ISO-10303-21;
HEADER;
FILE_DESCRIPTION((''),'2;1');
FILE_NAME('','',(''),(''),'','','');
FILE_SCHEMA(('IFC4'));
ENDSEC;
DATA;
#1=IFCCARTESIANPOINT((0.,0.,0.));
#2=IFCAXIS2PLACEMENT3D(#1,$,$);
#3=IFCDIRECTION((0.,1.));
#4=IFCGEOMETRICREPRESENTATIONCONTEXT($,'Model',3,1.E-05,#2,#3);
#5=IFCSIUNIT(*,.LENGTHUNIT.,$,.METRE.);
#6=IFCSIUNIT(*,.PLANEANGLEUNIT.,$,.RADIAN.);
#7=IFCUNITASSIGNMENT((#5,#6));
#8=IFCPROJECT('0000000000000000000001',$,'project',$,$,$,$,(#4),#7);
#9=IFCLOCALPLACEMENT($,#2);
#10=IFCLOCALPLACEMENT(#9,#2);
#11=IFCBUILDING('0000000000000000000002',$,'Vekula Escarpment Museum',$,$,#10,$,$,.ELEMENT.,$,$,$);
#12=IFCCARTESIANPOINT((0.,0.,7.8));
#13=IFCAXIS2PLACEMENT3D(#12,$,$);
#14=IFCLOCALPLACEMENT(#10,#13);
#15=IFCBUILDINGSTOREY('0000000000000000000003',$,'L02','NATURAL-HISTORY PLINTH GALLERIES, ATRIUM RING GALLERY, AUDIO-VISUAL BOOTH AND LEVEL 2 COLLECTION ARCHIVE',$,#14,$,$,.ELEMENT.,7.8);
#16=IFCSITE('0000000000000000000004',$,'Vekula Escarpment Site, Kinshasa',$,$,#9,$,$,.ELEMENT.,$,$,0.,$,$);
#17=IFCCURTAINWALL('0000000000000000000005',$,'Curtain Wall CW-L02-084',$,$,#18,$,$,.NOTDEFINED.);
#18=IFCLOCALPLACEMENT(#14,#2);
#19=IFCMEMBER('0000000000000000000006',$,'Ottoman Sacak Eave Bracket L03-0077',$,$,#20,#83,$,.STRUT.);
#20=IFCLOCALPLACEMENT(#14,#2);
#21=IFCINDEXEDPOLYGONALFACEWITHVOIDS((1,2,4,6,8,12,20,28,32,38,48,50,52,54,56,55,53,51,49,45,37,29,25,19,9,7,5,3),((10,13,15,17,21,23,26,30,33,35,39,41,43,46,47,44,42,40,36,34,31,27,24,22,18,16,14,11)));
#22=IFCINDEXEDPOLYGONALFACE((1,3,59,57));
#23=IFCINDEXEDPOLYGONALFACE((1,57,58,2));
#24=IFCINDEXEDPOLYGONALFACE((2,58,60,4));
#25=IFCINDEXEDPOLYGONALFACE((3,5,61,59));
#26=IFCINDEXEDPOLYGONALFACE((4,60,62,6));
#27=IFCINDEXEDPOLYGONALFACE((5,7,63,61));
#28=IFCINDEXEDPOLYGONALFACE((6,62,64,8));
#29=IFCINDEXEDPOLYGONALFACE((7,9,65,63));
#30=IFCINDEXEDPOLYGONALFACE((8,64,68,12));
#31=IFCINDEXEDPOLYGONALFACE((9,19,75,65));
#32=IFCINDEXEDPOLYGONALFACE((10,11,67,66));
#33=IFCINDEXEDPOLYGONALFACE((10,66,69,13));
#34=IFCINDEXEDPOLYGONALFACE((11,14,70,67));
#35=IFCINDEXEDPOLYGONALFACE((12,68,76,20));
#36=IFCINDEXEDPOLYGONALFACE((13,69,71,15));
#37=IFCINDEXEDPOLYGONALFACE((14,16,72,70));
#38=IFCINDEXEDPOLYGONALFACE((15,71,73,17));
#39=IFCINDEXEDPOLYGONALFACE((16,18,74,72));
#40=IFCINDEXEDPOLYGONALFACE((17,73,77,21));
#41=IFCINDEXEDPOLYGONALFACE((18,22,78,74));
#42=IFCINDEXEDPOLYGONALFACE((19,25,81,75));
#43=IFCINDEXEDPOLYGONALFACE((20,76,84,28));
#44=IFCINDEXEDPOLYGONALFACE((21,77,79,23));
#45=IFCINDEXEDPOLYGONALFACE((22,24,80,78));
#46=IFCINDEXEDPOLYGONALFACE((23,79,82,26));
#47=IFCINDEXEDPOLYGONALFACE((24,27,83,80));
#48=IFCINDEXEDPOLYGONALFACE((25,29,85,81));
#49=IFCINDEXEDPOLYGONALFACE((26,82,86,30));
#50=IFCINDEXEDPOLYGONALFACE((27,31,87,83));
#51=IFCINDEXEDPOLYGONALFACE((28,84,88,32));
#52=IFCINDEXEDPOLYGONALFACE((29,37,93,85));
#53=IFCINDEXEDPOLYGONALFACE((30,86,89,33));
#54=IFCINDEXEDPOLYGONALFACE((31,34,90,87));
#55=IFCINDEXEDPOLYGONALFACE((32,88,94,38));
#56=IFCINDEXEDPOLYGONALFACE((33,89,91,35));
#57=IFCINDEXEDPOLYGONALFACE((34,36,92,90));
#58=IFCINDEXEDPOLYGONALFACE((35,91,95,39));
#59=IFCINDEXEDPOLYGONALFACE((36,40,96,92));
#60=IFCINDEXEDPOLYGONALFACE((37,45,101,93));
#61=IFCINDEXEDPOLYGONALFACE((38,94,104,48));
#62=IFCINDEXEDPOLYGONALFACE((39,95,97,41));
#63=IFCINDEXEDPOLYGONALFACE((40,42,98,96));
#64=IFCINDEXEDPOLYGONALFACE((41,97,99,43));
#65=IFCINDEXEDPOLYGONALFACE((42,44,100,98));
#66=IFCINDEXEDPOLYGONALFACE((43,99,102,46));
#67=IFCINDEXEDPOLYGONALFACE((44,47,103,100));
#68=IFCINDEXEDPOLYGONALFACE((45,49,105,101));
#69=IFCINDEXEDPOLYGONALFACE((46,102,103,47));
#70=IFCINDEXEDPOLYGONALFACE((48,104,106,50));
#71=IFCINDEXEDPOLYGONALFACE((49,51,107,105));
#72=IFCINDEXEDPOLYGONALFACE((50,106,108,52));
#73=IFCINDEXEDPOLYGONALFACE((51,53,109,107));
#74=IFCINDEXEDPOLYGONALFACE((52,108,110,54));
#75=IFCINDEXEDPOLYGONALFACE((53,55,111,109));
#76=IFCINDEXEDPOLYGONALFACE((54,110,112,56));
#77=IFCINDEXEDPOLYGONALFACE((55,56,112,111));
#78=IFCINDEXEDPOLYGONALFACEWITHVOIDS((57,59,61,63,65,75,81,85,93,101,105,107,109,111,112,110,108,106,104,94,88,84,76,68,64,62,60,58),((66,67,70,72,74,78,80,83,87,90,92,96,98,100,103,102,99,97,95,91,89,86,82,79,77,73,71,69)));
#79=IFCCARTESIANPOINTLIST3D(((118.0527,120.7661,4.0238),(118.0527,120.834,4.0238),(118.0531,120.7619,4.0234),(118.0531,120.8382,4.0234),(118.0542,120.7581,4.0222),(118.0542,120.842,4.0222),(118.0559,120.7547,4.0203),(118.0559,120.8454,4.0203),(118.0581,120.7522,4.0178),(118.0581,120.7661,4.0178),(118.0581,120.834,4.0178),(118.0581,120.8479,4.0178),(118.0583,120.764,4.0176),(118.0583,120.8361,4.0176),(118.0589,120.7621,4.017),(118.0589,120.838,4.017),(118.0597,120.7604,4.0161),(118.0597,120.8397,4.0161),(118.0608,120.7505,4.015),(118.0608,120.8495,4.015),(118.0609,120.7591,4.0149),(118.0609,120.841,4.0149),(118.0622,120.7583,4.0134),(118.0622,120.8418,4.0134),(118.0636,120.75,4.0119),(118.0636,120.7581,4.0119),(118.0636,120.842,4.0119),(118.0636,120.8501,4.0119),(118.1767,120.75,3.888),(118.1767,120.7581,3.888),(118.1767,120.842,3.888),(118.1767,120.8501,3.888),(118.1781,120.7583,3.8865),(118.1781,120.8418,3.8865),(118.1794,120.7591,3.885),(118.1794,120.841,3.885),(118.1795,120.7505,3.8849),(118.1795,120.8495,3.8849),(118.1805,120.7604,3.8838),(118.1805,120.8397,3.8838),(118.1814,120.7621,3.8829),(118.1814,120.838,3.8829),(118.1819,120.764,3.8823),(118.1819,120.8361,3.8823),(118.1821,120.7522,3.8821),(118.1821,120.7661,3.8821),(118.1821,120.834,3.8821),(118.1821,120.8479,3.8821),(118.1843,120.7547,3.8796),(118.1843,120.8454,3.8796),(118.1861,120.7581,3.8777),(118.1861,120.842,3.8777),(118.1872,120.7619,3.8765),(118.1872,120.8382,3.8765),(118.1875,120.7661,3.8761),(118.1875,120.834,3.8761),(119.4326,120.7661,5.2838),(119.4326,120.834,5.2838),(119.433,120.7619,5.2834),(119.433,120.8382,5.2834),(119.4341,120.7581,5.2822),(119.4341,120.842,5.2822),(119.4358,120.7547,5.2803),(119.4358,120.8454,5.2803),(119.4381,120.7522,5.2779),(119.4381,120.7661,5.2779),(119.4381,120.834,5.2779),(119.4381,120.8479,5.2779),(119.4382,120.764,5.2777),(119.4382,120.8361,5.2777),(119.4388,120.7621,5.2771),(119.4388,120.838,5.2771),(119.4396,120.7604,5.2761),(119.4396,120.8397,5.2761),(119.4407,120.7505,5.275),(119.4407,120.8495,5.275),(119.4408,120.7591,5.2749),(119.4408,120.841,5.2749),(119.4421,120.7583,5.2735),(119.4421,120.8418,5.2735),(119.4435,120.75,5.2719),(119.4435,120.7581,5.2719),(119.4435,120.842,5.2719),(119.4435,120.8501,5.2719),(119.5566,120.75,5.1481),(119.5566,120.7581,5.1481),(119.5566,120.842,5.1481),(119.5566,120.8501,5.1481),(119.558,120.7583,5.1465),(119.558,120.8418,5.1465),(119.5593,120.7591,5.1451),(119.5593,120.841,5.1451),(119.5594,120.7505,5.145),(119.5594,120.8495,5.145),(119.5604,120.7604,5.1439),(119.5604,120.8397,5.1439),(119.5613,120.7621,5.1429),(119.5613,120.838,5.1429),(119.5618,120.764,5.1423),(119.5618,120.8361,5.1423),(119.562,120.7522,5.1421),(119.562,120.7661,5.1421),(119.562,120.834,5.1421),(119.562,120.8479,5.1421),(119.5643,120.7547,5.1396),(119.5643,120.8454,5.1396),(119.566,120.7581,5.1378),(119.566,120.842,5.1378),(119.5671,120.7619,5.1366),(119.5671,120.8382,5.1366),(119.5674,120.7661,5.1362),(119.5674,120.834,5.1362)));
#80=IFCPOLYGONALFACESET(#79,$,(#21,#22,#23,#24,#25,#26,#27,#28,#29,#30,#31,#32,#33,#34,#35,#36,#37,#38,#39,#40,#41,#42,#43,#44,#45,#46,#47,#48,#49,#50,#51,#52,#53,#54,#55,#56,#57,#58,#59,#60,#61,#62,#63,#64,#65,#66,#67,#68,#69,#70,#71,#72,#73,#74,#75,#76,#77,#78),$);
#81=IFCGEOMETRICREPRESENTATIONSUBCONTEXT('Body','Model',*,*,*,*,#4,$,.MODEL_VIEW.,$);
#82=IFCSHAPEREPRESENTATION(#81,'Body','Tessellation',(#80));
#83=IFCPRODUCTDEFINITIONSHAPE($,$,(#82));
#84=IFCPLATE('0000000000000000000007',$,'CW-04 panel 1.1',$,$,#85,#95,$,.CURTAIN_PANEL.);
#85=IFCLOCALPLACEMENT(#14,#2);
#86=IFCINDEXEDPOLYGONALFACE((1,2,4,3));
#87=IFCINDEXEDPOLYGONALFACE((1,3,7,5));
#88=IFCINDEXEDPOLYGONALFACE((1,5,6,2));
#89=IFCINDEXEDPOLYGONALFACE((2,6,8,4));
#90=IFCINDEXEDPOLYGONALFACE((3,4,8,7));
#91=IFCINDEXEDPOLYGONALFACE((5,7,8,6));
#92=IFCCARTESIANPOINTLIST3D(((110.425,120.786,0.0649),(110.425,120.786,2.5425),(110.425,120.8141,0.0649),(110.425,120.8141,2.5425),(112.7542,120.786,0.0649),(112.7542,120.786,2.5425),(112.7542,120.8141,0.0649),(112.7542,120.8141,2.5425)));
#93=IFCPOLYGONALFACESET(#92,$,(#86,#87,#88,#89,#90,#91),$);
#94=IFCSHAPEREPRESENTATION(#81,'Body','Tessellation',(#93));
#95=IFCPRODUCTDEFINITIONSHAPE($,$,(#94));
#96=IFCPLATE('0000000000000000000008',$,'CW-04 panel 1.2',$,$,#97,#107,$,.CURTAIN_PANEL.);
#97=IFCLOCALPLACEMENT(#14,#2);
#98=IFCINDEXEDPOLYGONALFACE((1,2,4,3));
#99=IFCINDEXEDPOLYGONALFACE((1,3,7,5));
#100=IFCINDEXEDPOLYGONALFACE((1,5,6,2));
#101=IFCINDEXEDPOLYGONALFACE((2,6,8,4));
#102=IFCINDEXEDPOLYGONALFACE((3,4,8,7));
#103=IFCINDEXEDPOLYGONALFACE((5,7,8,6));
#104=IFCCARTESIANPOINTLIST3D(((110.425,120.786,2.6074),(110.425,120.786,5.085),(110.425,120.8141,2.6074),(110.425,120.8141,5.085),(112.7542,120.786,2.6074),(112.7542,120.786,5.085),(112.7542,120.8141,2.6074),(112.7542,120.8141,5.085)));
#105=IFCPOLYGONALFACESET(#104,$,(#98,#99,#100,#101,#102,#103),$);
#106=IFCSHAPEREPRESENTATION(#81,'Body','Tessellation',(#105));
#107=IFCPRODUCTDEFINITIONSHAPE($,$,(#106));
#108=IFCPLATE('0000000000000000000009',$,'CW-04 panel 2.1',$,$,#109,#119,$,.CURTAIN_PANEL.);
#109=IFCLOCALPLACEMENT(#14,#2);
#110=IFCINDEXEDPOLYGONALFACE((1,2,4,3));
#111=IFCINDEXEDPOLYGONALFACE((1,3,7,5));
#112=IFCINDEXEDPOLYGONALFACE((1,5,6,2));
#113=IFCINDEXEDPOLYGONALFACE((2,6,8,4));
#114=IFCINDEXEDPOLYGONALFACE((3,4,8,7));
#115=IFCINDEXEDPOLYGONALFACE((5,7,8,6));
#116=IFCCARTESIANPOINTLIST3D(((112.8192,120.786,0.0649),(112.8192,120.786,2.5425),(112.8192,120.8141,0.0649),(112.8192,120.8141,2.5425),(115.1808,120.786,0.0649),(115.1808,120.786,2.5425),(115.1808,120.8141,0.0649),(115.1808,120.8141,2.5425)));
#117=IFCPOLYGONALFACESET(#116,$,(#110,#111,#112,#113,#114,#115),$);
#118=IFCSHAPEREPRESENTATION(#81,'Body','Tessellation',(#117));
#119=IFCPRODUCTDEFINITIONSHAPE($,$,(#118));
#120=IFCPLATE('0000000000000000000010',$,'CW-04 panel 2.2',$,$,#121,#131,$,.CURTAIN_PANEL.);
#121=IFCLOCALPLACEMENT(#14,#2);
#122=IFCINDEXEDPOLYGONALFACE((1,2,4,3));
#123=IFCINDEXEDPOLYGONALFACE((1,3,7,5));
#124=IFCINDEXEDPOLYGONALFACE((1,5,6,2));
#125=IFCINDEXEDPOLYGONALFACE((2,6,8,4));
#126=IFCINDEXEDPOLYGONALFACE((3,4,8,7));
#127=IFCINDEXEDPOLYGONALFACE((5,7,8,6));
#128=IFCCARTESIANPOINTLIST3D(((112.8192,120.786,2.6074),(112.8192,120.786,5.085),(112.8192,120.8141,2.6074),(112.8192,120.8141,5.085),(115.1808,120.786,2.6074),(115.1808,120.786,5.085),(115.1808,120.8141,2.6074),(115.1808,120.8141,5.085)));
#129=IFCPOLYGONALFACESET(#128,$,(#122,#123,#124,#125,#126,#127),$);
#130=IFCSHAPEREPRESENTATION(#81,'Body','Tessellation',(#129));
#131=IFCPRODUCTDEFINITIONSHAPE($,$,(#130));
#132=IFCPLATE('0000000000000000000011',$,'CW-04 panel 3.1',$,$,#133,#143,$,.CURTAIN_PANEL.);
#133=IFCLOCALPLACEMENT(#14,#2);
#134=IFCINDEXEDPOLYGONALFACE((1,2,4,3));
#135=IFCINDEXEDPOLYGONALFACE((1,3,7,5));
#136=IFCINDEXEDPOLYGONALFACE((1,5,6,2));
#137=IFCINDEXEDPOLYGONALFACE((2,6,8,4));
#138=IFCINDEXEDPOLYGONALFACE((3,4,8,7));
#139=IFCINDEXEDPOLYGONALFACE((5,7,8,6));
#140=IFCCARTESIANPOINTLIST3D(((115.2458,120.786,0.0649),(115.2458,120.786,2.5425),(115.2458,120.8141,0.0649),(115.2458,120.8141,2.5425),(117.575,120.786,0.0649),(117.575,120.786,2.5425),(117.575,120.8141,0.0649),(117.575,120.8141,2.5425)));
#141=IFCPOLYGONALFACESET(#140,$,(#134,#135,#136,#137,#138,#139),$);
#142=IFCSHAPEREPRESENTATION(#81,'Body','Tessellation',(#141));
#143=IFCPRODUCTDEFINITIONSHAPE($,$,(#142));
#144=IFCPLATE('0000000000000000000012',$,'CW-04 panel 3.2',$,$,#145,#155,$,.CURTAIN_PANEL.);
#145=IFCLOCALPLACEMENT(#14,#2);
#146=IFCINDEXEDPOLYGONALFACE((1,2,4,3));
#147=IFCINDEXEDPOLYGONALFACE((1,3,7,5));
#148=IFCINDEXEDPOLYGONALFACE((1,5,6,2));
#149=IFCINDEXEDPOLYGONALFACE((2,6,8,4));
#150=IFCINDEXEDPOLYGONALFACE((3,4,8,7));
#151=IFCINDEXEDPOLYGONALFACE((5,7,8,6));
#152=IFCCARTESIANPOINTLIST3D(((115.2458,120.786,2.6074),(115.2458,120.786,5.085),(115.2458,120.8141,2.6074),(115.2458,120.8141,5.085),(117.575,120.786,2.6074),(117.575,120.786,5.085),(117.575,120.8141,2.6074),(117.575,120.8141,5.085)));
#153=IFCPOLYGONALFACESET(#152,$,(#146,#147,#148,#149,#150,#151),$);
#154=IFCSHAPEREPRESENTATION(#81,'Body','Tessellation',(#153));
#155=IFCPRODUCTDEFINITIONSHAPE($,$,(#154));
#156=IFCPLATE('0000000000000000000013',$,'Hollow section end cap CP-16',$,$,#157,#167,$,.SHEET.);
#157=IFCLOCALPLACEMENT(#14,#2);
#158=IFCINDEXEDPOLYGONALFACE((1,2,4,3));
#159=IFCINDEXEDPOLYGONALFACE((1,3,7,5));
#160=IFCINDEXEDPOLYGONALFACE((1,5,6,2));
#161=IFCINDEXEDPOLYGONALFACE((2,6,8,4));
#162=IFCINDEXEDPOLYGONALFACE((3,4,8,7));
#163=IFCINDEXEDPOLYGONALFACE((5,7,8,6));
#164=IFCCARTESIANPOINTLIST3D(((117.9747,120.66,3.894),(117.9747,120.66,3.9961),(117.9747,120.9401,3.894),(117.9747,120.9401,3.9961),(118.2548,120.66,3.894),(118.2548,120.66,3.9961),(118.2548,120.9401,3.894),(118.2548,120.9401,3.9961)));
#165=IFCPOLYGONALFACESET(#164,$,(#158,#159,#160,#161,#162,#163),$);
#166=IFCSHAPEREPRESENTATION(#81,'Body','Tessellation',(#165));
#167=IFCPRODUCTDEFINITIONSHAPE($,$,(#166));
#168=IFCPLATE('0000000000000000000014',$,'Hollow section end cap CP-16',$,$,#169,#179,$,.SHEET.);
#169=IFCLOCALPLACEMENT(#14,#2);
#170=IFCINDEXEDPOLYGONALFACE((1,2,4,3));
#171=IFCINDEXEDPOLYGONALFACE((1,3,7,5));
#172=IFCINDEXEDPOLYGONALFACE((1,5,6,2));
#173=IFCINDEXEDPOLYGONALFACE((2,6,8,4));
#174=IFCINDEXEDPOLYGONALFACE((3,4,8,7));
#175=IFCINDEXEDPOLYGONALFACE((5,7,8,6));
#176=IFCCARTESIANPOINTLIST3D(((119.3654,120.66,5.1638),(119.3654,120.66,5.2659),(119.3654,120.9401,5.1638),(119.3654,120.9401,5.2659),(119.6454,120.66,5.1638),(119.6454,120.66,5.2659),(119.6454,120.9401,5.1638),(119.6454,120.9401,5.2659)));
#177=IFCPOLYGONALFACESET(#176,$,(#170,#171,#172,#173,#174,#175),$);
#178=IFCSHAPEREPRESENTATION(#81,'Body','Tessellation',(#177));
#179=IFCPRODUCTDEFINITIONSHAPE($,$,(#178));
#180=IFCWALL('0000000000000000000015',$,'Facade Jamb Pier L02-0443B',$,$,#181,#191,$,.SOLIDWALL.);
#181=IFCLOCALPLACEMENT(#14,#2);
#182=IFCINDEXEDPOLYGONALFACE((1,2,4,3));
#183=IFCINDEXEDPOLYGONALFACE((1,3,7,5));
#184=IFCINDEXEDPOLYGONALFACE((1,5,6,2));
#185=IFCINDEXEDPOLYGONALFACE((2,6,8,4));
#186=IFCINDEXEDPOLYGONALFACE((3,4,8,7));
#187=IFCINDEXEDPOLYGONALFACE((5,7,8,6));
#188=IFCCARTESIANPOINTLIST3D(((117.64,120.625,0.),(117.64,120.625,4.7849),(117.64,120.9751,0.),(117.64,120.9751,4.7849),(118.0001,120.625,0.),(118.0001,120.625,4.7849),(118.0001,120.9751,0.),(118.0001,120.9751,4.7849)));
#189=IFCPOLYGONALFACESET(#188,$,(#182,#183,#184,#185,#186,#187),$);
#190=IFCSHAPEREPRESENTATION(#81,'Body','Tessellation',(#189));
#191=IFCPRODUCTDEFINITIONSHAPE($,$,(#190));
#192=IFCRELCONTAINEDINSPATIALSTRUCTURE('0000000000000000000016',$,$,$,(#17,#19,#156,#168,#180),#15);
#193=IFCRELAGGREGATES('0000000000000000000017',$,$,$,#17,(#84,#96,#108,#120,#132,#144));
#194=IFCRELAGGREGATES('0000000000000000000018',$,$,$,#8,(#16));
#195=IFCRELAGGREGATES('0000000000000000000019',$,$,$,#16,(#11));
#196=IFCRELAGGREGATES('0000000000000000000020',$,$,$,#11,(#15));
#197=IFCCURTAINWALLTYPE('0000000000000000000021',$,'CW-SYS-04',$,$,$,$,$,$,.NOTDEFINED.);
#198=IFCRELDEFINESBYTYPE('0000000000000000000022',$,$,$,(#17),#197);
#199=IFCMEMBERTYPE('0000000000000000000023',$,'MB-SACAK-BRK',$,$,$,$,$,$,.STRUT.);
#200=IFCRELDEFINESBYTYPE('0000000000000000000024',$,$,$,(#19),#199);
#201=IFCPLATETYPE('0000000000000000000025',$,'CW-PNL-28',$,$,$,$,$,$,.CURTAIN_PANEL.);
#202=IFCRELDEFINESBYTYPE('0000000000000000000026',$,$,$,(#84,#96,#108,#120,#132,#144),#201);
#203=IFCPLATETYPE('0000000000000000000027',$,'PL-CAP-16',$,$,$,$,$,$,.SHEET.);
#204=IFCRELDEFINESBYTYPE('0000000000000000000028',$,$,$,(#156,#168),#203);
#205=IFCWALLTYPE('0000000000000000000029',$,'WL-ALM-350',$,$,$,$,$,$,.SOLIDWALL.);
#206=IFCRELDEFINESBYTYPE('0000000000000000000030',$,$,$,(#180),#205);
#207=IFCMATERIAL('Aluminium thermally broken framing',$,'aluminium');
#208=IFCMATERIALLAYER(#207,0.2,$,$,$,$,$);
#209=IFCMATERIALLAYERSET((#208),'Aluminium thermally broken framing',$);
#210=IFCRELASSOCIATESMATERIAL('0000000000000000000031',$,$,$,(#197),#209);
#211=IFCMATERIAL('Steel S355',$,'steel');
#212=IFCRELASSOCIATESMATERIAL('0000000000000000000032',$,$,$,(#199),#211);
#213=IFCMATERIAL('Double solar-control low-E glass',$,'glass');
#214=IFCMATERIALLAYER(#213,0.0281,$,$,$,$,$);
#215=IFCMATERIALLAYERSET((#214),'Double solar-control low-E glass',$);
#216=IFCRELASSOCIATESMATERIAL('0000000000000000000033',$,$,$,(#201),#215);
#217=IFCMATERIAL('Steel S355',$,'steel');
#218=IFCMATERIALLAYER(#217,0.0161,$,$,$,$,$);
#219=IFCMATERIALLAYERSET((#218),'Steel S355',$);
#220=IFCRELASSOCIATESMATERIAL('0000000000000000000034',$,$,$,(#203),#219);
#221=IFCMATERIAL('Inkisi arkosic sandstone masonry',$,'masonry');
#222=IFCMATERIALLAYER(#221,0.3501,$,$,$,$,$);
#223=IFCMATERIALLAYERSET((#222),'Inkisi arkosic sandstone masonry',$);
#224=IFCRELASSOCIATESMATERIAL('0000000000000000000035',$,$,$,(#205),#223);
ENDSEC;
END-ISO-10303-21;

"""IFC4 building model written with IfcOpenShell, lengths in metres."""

from ifc_helpers import new_model, si_unit, direction, frame, frame_2d, origin, origin_2d, place, context, subcontext, project, spatial, rectangle, hollow_rectangle, extrude, material, layer, layer_set, material_profile, profile_set, type_object, element, aggregate, save


model = new_model("IFC4")

# Units and contexts
model_context = context("Model", 3, precision=1e-05, world=origin(), true_north=direction((0.0, 1.0)))
body_context = subcontext(model_context, "Body", "Model", "MODEL_VIEW")
ifc_project = project(units=[si_unit("LENGTHUNIT", "METRE"), si_unit("PLANEANGLEUNIT", "RADIAN")], contexts=[model_context])

# Site, building, storey
site_placement = place(None, origin())
site = spatial("IfcSite", under=ifc_project, at=site_placement, Name="Vekula Escarpment Site, Kinshasa", CompositionType="ELEMENT", RefElevation=0.0)
building_placement = place(site_placement, origin())
building = spatial("IfcBuilding", under=site, at=building_placement, Name="Vekula Escarpment Museum", CompositionType="ELEMENT")
storey_placement = place(building_placement, frame((0.0, 0.0, 7.8)))
storey = spatial("IfcBuildingStorey", under=building, at=storey_placement, Name="L02", Description="NATURAL-HISTORY PLINTH GALLERIES, ATRIUM RING GALLERY, AUDIO-VISUAL BOOTH AND LEVEL 2 COLLECTION ARCHIVE", CompositionType="ELEMENT", Elevation=7.8)

# Curtain wall
ifc_material_1 = material(Name="Aluminium thermally broken framing", Category="aluminium")
ifc_layer_1 = layer(ifc_material_1, 0.2)
ifc_layer_set_1 = layer_set([ifc_layer_1], Name="Aluminium thermally broken framing")
curtain_wall_type = type_object("IfcCurtainWallType", Name="CW-SYS-04", PredefinedType="NOTDEFINED", material=ifc_layer_set_1)
curtain_wall_placement = place(storey_placement, origin())
curtain_wall = element("IfcCurtainWall", 1, at=curtain_wall_placement, inside=storey, type_object=curtain_wall_type, Name="Curtain Wall CW-L02-084", PredefinedType="NOTDEFINED")

# Member
ifc_material_2 = material(Name="Steel S355", Category="steel")
ifc_material_profile_1 = material_profile(ifc_material_2, hollow_rectangle(XDim=0.1001, YDim=0.2, WallThickness=0.0081, InnerFilletRadius=0.0081, OuterFilletRadius=0.0161, at=origin_2d()), Name="RHS 200x100x8")
ifc_profile_set_1 = profile_set([ifc_material_profile_1], Name="Steel S355")
member_type_1 = type_object("IfcMemberType", Name="MB-SACAK-BRK", PredefinedType="STRUT", material=ifc_profile_set_1)
member_1_placement = place(storey_placement, frame((118.1201, 120.8, 3.95), z_axis=(0.738454, 0.0, 0.674303), x_axis=(0.0, 1.0, 0.0)))
element("IfcMember", 2, at=member_1_placement, inside=storey, type_object=member_type_1, Name="Ottoman Sacak Eave Bracket L03-0077", PredefinedType="STRUT", context=body_context, shape_type="SweptSolid", body=[
    extrude(hollow_rectangle(XDim=0.1001, YDim=0.2, WallThickness=0.0081, InnerFilletRadius=0.0081, OuterFilletRadius=0.0161, at=origin_2d()), origin(), (0.0, 0.0, 1.0), 1.8687),
])

# Plates
ifc_material_3 = material(Name="Double solar-control low-E glass", Category="glass")
ifc_layer_2 = layer(ifc_material_3, 0.0281)
ifc_layer_set_2 = layer_set([ifc_layer_2], Name="Double solar-control low-E glass")
plate_type_1 = type_object("IfcPlateType", Name="CW-PNL-28", PredefinedType="CURTAIN_PANEL", material=ifc_layer_set_2)
plate_1_placement = place(storey_placement, frame((111.5896, 120.8, 0.0649), z_axis=(0.0, 0.0, 1.0), x_axis=(1.0, 0.0, 0.0)))
plate_1 = element("IfcPlate", 3, at=plate_1_placement, type_object=plate_type_1, Name="CW-04 panel 1.1", PredefinedType="CURTAIN_PANEL", context=body_context, shape_type="SweptSolid", body=[
    extrude(rectangle(XDim=2.3291, YDim=0.0281, at=origin_2d()), origin(), (0.0, 0.0, 1.0), 2.4775),
])
plate_2_placement = place(storey_placement, frame((111.5896, 120.8, 2.6074), z_axis=(0.0, 0.0, 1.0), x_axis=(1.0, 0.0, 0.0)))
plate_2 = element("IfcPlate", 4, at=plate_2_placement, type_object=plate_type_1, Name="CW-04 panel 1.2", PredefinedType="CURTAIN_PANEL", context=body_context, shape_type="SweptSolid", body=[
    extrude(rectangle(XDim=2.3291, YDim=0.0281, at=origin_2d()), origin(), (0.0, 0.0, 1.0), 2.4775),
])
plate_3_placement = place(storey_placement, frame((114.0, 120.8, 0.0649), z_axis=(0.0, 0.0, 1.0), x_axis=(1.0, 0.0, 0.0)))
plate_3 = element("IfcPlate", 5, at=plate_3_placement, type_object=plate_type_1, Name="CW-04 panel 2.1", PredefinedType="CURTAIN_PANEL", context=body_context, shape_type="SweptSolid", body=[
    extrude(rectangle(XDim=2.3616, YDim=0.0281, at=origin_2d()), origin(), (0.0, 0.0, 1.0), 2.4775),
])
plate_4_placement = place(storey_placement, frame((114.0, 120.8, 2.6074), z_axis=(0.0, 0.0, 1.0), x_axis=(1.0, 0.0, 0.0)))
plate_4 = element("IfcPlate", 6, at=plate_4_placement, type_object=plate_type_1, Name="CW-04 panel 2.2", PredefinedType="CURTAIN_PANEL", context=body_context, shape_type="SweptSolid", body=[
    extrude(rectangle(XDim=2.3616, YDim=0.0281, at=origin_2d()), origin(), (0.0, 0.0, 1.0), 2.4775),
])
plate_5_placement = place(storey_placement, frame((116.4104, 120.8, 0.0649), z_axis=(0.0, 0.0, 1.0), x_axis=(1.0, 0.0, 0.0)))
plate_5 = element("IfcPlate", 7, at=plate_5_placement, type_object=plate_type_1, Name="CW-04 panel 3.1", PredefinedType="CURTAIN_PANEL", context=body_context, shape_type="SweptSolid", body=[
    extrude(rectangle(XDim=2.3291, YDim=0.0281, at=origin_2d()), origin(), (0.0, 0.0, 1.0), 2.4775),
])
plate_6_placement = place(storey_placement, frame((116.4104, 120.8, 2.6074), z_axis=(0.0, 0.0, 1.0), x_axis=(1.0, 0.0, 0.0)))
plate_6 = element("IfcPlate", 8, at=plate_6_placement, type_object=plate_type_1, Name="CW-04 panel 3.2", PredefinedType="CURTAIN_PANEL", context=body_context, shape_type="SweptSolid", body=[
    extrude(rectangle(XDim=2.3291, YDim=0.0281, at=origin_2d()), origin(), (0.0, 0.0, 1.0), 2.4775),
])
aggregate(curtain_wall, [plate_1, plate_2, plate_3, plate_4, plate_5, plate_6])

# Plates
ifc_material_4 = material(Name="Steel S355", Category="steel")
ifc_layer_3 = layer(ifc_material_4, 0.0161)
ifc_layer_set_3 = layer_set([ifc_layer_3], Name="Steel S355")
plate_type_2 = type_object("IfcPlateType", Name="PL-CAP-16", PredefinedType="SHEET", material=ifc_layer_set_3)
for number, where, z_axis, x_axis, name in (
    (9, (118.1147, 120.8, 3.894), (0.0, 0.0, 1.0), (1.0, 0.0, 0.0), "Hollow section end cap CP-16"),
    (10, (119.5054, 120.8, 5.1638), (0.0, 0.0, 1.0), (1.0, 0.0, 0.0), "Hollow section end cap CP-16"),
):
    element("IfcPlate", number, at=place(storey_placement, frame(where, z_axis=z_axis, x_axis=x_axis)), inside=storey, type_object=plate_type_2, Name=name, PredefinedType="SHEET", context=body_context, shape_type="SweptSolid", body=[
        extrude(rectangle(XDim=0.28, YDim=0.28, at=origin_2d()), origin(), (0.0, 0.0, 1.0), 0.1021),
    ])

# Wall
ifc_material_5 = material(Name="Inkisi arkosic sandstone masonry", Category="masonry")
ifc_layer_4 = layer(ifc_material_5, 0.3501)
ifc_layer_set_4 = layer_set([ifc_layer_4], Name="Inkisi arkosic sandstone masonry")
wall_type = type_object("IfcWallType", Name="WL-ALM-350", PredefinedType="SOLIDWALL", material=ifc_layer_set_4)
wall_placement = place(storey_placement, frame((117.6399, 120.8, 0.0), z_axis=(0.0, 0.0, 1.0), x_axis=(1.0, 0.0, 0.0)))
element("IfcWall", 11, at=wall_placement, inside=storey, type_object=wall_type, Name="Facade Jamb Pier L02-0443B", PredefinedType="SOLIDWALL", context=body_context, shape_type="SweptSolid", body=[
    extrude(rectangle(XDim=0.3601, YDim=0.3501, at=frame_2d((0.1802, 0.0))), origin(), (0.0, 0.0, 1.0), 4.7849),
])

save(model, "model.ifc")
